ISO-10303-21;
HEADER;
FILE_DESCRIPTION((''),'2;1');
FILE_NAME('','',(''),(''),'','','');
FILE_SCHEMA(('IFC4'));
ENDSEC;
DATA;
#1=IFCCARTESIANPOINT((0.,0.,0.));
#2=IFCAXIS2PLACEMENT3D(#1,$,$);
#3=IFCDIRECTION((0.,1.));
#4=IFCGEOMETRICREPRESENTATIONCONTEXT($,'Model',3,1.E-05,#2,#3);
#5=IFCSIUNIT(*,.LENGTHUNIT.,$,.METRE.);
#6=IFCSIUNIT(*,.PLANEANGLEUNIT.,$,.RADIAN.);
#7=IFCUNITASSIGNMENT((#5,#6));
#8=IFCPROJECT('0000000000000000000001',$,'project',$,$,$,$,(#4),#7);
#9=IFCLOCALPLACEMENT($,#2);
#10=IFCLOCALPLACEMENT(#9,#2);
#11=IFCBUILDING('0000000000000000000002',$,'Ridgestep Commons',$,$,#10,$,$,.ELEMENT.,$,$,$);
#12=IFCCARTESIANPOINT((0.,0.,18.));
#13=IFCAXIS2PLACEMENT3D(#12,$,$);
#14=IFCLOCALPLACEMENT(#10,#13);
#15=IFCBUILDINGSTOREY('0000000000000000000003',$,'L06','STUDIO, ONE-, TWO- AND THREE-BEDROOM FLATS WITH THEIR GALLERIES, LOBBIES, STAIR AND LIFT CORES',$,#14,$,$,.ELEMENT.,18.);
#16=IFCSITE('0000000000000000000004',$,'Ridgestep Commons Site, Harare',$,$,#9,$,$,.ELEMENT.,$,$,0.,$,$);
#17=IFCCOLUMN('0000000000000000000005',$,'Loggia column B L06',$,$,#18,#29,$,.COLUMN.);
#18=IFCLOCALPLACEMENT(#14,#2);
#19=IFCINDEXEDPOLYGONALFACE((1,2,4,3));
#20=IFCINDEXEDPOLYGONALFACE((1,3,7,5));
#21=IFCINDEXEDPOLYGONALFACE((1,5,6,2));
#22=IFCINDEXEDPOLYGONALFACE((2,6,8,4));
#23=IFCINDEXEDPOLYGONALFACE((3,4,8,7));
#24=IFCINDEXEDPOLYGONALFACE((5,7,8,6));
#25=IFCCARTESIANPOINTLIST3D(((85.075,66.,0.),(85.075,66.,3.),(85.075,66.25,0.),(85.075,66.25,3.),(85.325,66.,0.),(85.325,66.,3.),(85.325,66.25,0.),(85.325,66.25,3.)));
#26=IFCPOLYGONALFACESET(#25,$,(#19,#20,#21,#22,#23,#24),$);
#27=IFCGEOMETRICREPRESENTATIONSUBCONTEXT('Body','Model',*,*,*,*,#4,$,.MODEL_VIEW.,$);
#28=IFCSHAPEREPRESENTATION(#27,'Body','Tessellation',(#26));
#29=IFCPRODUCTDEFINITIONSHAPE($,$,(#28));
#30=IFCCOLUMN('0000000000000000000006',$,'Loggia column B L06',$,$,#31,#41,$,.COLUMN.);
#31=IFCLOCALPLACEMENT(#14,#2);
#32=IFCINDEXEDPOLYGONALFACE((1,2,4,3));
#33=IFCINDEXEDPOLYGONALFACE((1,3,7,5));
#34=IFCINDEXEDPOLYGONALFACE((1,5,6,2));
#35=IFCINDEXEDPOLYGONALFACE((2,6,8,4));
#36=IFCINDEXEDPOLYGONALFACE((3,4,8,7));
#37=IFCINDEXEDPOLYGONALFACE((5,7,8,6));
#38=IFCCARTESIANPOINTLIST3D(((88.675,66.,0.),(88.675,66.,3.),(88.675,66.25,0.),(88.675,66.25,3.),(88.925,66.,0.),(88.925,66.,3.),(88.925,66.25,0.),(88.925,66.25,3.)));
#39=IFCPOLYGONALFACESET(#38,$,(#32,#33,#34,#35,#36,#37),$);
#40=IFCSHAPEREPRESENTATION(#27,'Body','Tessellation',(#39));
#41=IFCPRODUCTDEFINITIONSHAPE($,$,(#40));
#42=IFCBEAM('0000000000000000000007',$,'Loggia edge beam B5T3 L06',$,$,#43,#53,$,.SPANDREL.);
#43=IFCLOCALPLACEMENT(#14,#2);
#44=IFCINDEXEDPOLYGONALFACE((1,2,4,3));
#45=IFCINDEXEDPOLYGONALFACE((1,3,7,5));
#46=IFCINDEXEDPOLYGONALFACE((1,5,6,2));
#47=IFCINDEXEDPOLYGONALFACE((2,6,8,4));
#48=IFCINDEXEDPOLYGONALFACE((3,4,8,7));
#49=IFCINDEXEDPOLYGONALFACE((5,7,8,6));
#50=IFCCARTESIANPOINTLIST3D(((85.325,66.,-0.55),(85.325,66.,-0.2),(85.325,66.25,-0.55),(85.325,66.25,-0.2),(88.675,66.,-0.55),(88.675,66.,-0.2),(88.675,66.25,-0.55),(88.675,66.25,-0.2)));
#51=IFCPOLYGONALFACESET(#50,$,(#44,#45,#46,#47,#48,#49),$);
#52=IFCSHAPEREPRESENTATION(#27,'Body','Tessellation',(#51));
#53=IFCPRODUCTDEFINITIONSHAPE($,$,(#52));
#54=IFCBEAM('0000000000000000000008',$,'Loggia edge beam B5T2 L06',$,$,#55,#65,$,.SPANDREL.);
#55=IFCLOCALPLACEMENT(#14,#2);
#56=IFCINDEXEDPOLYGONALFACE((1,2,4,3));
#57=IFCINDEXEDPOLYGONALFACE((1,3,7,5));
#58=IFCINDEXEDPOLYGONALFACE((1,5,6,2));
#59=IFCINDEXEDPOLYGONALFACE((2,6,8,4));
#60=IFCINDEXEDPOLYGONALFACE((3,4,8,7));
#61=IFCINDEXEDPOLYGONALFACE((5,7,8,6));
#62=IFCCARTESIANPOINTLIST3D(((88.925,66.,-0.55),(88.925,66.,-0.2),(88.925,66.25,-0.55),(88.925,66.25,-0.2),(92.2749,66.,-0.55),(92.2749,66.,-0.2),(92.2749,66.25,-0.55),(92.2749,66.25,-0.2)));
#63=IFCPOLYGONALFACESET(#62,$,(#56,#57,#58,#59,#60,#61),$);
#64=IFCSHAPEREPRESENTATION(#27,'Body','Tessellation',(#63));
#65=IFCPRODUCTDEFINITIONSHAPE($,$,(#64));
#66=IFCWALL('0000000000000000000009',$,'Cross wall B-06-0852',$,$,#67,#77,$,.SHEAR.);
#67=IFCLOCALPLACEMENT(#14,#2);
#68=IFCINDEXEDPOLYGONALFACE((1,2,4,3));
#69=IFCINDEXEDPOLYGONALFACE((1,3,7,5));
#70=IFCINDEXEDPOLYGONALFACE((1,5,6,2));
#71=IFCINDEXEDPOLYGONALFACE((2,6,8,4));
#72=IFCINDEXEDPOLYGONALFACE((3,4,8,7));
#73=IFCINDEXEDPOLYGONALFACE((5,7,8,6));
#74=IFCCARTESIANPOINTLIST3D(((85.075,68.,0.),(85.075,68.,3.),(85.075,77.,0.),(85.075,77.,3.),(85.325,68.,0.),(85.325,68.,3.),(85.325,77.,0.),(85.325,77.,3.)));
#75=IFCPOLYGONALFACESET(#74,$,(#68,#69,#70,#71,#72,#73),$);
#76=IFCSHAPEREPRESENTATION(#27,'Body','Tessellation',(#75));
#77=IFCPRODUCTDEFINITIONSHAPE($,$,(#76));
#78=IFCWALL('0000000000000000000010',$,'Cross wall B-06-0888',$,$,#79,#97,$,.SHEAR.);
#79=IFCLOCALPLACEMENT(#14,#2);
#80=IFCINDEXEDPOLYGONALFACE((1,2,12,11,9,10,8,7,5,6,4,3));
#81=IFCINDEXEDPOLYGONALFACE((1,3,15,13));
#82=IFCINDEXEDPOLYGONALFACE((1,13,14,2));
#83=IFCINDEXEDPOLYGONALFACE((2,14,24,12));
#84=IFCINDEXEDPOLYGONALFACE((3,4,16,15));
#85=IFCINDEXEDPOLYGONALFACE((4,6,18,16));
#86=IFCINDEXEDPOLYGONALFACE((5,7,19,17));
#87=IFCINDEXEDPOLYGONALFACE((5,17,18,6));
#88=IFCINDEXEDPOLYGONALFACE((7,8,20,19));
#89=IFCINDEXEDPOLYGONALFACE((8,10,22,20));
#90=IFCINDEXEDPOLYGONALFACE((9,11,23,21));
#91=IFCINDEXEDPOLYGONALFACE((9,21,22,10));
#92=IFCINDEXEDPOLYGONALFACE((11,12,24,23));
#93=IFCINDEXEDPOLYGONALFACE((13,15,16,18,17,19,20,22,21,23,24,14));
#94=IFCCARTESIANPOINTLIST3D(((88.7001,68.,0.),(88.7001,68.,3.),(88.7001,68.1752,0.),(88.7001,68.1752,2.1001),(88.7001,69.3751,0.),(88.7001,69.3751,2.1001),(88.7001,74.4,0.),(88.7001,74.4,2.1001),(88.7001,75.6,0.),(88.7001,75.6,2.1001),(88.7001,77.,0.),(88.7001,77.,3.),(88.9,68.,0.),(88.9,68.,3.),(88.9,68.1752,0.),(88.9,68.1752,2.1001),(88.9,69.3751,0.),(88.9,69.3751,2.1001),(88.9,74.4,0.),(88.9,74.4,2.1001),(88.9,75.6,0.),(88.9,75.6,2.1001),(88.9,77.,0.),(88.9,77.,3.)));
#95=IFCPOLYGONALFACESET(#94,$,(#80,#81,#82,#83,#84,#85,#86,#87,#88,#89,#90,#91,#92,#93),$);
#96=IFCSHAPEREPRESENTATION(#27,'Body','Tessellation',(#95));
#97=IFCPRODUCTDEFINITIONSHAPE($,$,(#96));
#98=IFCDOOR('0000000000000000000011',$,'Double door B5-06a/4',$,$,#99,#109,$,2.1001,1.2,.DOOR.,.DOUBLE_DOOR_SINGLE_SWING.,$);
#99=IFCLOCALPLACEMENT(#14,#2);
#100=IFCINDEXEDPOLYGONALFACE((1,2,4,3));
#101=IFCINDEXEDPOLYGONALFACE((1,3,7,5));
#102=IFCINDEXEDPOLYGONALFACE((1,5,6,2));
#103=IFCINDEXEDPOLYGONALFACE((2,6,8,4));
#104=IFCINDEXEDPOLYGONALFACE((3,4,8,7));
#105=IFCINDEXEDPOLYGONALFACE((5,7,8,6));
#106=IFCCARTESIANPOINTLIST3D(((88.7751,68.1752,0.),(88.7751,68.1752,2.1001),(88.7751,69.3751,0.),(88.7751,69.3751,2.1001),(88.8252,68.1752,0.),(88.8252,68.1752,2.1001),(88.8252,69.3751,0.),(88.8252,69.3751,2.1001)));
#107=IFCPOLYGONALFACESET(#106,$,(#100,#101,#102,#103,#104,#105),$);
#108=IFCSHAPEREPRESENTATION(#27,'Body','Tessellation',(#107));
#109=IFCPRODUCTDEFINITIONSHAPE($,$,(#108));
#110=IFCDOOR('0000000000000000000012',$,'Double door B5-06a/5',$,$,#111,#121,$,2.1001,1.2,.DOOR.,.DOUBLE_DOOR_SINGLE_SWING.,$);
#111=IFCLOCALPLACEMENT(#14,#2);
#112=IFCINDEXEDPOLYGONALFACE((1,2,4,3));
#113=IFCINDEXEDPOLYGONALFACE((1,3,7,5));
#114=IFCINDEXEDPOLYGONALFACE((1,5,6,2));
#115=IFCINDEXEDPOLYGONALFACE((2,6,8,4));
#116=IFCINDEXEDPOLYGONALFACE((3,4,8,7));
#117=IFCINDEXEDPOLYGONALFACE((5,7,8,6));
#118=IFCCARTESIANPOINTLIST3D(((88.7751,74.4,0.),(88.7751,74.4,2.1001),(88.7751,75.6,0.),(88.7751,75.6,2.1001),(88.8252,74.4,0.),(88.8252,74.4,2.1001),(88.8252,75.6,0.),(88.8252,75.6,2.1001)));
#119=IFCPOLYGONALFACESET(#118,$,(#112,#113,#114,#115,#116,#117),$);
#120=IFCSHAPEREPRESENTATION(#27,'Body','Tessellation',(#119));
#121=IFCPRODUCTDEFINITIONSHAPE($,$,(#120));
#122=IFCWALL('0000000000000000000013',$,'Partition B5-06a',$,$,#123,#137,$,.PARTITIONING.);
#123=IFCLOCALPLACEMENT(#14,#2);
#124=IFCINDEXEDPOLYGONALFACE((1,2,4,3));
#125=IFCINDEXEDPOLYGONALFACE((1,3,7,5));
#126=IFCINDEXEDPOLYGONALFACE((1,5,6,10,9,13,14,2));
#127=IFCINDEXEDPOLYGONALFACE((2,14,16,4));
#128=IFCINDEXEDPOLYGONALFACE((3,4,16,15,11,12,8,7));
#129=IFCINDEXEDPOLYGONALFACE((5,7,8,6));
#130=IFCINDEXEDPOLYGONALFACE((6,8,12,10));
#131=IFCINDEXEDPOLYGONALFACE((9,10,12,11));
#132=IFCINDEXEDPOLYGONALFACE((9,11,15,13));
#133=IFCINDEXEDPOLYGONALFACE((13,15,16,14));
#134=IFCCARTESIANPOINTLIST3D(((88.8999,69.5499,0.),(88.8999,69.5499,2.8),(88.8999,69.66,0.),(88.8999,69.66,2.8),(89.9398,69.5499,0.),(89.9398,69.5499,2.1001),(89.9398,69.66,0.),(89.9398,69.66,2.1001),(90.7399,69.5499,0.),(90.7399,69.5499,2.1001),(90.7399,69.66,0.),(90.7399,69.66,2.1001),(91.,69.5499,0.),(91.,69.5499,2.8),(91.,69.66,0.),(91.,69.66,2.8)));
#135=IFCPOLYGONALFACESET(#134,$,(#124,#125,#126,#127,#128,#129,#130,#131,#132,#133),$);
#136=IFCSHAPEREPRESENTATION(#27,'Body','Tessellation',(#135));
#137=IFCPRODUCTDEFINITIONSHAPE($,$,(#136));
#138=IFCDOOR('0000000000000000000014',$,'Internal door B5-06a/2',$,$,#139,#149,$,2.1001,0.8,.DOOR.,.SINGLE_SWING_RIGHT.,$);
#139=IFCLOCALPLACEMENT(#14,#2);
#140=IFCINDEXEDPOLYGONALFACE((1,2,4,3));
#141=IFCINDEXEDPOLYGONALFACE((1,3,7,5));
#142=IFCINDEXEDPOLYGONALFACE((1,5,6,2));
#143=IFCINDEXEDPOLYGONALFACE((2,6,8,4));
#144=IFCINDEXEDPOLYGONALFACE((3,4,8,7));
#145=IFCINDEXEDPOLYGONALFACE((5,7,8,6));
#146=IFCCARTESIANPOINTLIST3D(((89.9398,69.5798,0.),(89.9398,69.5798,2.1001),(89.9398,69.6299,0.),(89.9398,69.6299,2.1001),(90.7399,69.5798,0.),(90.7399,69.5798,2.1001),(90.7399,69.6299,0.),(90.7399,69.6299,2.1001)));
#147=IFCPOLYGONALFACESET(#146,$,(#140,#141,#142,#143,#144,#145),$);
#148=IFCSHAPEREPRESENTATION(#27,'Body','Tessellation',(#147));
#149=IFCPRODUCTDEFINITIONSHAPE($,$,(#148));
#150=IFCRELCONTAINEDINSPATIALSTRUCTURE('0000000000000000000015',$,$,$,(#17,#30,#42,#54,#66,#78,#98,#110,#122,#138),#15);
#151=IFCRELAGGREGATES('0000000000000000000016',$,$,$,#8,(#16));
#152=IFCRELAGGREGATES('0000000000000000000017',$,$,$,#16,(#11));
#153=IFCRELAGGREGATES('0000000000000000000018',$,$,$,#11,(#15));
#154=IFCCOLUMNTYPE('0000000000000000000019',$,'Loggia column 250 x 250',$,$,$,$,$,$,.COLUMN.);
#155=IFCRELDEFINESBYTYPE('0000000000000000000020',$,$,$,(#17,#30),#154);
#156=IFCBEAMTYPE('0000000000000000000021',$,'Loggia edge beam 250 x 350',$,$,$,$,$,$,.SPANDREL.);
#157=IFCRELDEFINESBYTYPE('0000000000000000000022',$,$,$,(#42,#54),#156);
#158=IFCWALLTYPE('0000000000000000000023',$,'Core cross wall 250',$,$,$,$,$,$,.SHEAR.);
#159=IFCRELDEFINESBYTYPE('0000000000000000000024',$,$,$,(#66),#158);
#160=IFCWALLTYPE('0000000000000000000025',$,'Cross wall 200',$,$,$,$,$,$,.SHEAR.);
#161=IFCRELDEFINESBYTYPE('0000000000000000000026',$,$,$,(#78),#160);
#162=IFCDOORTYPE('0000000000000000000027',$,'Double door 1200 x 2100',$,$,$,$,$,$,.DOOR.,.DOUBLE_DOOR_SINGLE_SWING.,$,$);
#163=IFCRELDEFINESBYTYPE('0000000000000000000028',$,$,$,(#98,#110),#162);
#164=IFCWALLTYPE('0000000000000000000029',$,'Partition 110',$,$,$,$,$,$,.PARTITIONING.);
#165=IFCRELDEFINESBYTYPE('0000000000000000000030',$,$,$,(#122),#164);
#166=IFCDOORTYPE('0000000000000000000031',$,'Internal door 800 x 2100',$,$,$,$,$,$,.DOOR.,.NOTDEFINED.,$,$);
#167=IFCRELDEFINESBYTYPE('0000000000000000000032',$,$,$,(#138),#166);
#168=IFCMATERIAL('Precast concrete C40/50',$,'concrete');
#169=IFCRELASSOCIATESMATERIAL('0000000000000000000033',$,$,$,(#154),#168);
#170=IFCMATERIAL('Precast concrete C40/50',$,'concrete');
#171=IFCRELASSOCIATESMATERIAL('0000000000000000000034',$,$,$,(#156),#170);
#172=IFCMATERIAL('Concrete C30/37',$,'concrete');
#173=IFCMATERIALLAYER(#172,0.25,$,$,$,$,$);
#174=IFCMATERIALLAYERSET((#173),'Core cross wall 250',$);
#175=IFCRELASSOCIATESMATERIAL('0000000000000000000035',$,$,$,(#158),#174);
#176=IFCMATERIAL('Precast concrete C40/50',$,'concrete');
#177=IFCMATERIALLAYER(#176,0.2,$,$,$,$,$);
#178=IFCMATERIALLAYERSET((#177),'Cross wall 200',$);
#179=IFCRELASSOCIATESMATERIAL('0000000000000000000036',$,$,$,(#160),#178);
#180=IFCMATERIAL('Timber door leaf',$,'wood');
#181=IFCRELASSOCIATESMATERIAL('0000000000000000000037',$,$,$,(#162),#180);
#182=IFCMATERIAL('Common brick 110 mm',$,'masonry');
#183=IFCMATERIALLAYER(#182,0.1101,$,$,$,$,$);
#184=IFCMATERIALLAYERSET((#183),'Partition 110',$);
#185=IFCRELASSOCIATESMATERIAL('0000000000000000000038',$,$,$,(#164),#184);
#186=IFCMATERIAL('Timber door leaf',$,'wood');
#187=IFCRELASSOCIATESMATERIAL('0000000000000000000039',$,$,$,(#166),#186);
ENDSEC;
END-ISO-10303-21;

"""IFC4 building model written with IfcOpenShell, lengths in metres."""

from ifc_helpers import new_model, si_unit, direction, frame, frame_2d, origin, origin_2d, place, context, subcontext, project, spatial, rectangle, extrude, material, layer, layer_set, material_profile, profile_set, type_object, element, fill, save


model = new_model("IFC4")

# Units and contexts
model_context = context("Model", 3, precision=1e-05, world=origin(), true_north=direction((0.0, 1.0)))
body_context = subcontext(model_context, "Body", "Model", "MODEL_VIEW")
ifc_project = project(units=[si_unit("LENGTHUNIT", "METRE"), si_unit("PLANEANGLEUNIT", "RADIAN")], contexts=[model_context])

# Site, building, storey
site_placement = place(None, origin())
site = spatial("IfcSite", under=ifc_project, at=site_placement, Name="Ridgestep Commons Site, Harare", CompositionType="ELEMENT", RefElevation=0.0)
building_placement = place(site_placement, origin())
building = spatial("IfcBuilding", under=site, at=building_placement, Name="Ridgestep Commons", CompositionType="ELEMENT")
storey_placement = place(building_placement, frame((0.0, 0.0, 18.0)))
storey = spatial("IfcBuildingStorey", under=building, at=storey_placement, Name="L06", Description="STUDIO, ONE-, TWO- AND THREE-BEDROOM FLATS WITH THEIR GALLERIES, LOBBIES, STAIR AND LIFT CORES", CompositionType="ELEMENT", Elevation=18.0)

# Columns
ifc_material_1 = material(Name="Precast concrete C40/50", Category="concrete")
ifc_material_profile_1 = material_profile(ifc_material_1, rectangle(XDim=0.25, YDim=0.25, at=origin_2d()), Name="PC 250x250")
ifc_profile_set_1 = profile_set([ifc_material_profile_1], Name="Precast concrete C40/50")
column_type = type_object("IfcColumnType", Name="Loggia column 250 x 250", PredefinedType="COLUMN", material=ifc_profile_set_1)
for number, where, z_axis, x_axis, name in (
    (1, (85.2, 66.125, 0.0), (0.0, 0.0, 1.0), (1.0, 0.0, 0.0), "Loggia column B L06"),
    (2, (88.8, 66.125, 0.0), (0.0, 0.0, 1.0), (1.0, 0.0, 0.0), "Loggia column B L06"),
):
    element("IfcColumn", number, at=place(storey_placement, frame(where, z_axis=z_axis, x_axis=x_axis)), inside=storey, type_object=column_type, Name=name, PredefinedType="COLUMN", context=body_context, shape_type="SweptSolid", body=[
        extrude(rectangle(XDim=0.25, YDim=0.25, at=origin_2d()), origin(), (0.0, 0.0, 1.0), 3.0),
    ])

# Beams
ifc_material_2 = material(Name="Precast concrete C40/50", Category="concrete")
ifc_material_profile_2 = material_profile(ifc_material_2, rectangle(XDim=0.25, YDim=0.3501, at=origin_2d()), Name="PC 250x350")
ifc_profile_set_2 = profile_set([ifc_material_profile_2], Name="Precast concrete C40/50")
beam_type = type_object("IfcBeamType", Name="Loggia edge beam 250 x 350", PredefinedType="SPANDREL", material=ifc_profile_set_2)
beam_1_placement = place(storey_placement, frame((85.325, 66.125, -0.375), z_axis=(1.0, 0.0, 0.0), x_axis=(0.0, 1.0, 0.0)))
element("IfcBeam", 3, at=beam_1_placement, inside=storey, type_object=beam_type, Name="Loggia edge beam B5T3 L06", PredefinedType="SPANDREL", context=body_context, shape_type="SweptSolid", body=[
    extrude(rectangle(XDim=0.25, YDim=0.3501, at=origin_2d()), origin(), (0.0, 0.0, 1.0), 3.3501),
])
beam_2_placement = place(storey_placement, frame((88.925, 66.125, -0.375), z_axis=(1.0, 0.0, 0.0), x_axis=(0.0, 1.0, 0.0)))
element("IfcBeam", 4, at=beam_2_placement, inside=storey, type_object=beam_type, Name="Loggia edge beam B5T2 L06", PredefinedType="SPANDREL", context=body_context, shape_type="SweptSolid", body=[
    extrude(rectangle(XDim=0.25, YDim=0.3501, at=origin_2d()), origin(), (0.0, 0.0, 1.0), 3.3499),
])

# Wall
ifc_material_3 = material(Name="Concrete C30/37", Category="concrete")
ifc_layer_1 = layer(ifc_material_3, 0.25)
ifc_layer_set_1 = layer_set([ifc_layer_1], Name="Core cross wall 250")
wall_type_1 = type_object("IfcWallType", Name="Core cross wall 250", PredefinedType="SHEAR", material=ifc_layer_set_1)
wall_1_placement = place(storey_placement, frame((85.2, 68.0, 0.0), z_axis=(0.0, 0.0, 1.0), x_axis=(0.0, 1.0, 0.0)))
element("IfcWall", 5, at=wall_1_placement, inside=storey, type_object=wall_type_1, Name="Cross wall B-06-0852", PredefinedType="SHEAR", context=body_context, shape_type="SweptSolid", body=[
    extrude(rectangle(XDim=9.0, YDim=0.25, at=frame_2d((4.5, 0.0))), origin(), (0.0, 0.0, 1.0), 3.0),
])

# Wall, openings, doors
ifc_material_4 = material(Name="Precast concrete C40/50", Category="concrete")
ifc_layer_2 = layer(ifc_material_4, 0.2)
ifc_layer_set_2 = layer_set([ifc_layer_2], Name="Cross wall 200")
wall_type_2 = type_object("IfcWallType", Name="Cross wall 200", PredefinedType="SHEAR", material=ifc_layer_set_2)
wall_2_placement = place(storey_placement, frame((88.8, 68.0, 0.0), z_axis=(0.0, 0.0, 1.0), x_axis=(0.0, 1.0, 0.0)))
wall_2 = element("IfcWall", 6, at=wall_2_placement, inside=storey, type_object=wall_type_2, Name="Cross wall B-06-0888", PredefinedType="SHEAR", context=body_context, shape_type="SweptSolid", body=[
    extrude(rectangle(XDim=9.0, YDim=0.2, at=frame_2d((4.5, 0.0))), origin(), (0.0, 0.0, 1.0), 3.0),
])
opening_1_placement = place(wall_2_placement, frame((0.175, 0.0, 0.0)))
opening_1 = element("IfcOpeningElement", 7, at=opening_1_placement, cuts=wall_2, PredefinedType="OPENING", context=body_context, shape_type="SweptSolid", body=[
    extrude(rectangle(XDim=1.2, YDim=2.1001, at=frame_2d((0.6001, 1.05))), frame((0.0, 0.1099, 0.0), z_axis=(0.0, -1.0, 0.0), x_axis=(1.0, 0.0, 0.0)), (0.0, 0.0, 1.0), 0.22),
])
opening_2_placement = place(wall_2_placement, frame((6.3999, 0.0, 0.0)))
opening_2 = element("IfcOpeningElement", 8, at=opening_2_placement, cuts=wall_2, PredefinedType="OPENING", context=body_context, shape_type="SweptSolid", body=[
    extrude(rectangle(XDim=1.2, YDim=2.1001, at=frame_2d((0.6001, 1.05))), frame((0.0, 0.1099, 0.0), z_axis=(0.0, -1.0, 0.0), x_axis=(1.0, 0.0, 0.0)), (0.0, 0.0, 1.0), 0.22),
])
ifc_material_5 = material(Name="Timber door leaf", Category="wood")
door_type_1 = type_object("IfcDoorType", Name="Double door 1200 x 2100", OperationType="DOUBLE_DOOR_SINGLE_SWING", PredefinedType="DOOR", material=ifc_material_5)
door_1_placement = place(opening_1_placement, origin())
door_1 = element("IfcDoor", 9, at=door_1_placement, inside=storey, type_object=door_type_1, Name="Double door B5-06a/4", OperationType="DOUBLE_DOOR_SINGLE_SWING", OverallHeight=2.1001, OverallWidth=1.2, PredefinedType="DOOR", context=body_context, shape_type="SweptSolid", body=[
    extrude(rectangle(XDim=1.2, YDim=2.1001, at=frame_2d((0.6001, 1.05))), frame((0.0, 0.0249, 0.0), z_axis=(0.0, -1.0, 0.0), x_axis=(1.0, 0.0, 0.0)), (0.0, 0.0, 1.0), 0.05),
])
fill(opening_1, door_1)
door_2_placement = place(opening_2_placement, origin())
door_2 = element("IfcDoor", 10, at=door_2_placement, inside=storey, type_object=door_type_1, Name="Double door B5-06a/5", OperationType="DOUBLE_DOOR_SINGLE_SWING", OverallHeight=2.1001, OverallWidth=1.2, PredefinedType="DOOR", context=body_context, shape_type="SweptSolid", body=[
    extrude(rectangle(XDim=1.2, YDim=2.1001, at=frame_2d((0.6001, 1.05))), frame((0.0, 0.0249, 0.0), z_axis=(0.0, -1.0, 0.0), x_axis=(1.0, 0.0, 0.0)), (0.0, 0.0, 1.0), 0.05),
])
fill(opening_2, door_2)

# Wall, opening, door
ifc_material_6 = material(Name="Common brick 110 mm", Category="masonry")
ifc_layer_3 = layer(ifc_material_6, 0.1101)
ifc_layer_set_3 = layer_set([ifc_layer_3], Name="Partition 110")
wall_type_3 = type_object("IfcWallType", Name="Partition 110", PredefinedType="PARTITIONING", material=ifc_layer_set_3)
wall_3_placement = place(storey_placement, frame((88.8999, 69.605, 0.0), z_axis=(0.0, 0.0, 1.0), x_axis=(1.0, 0.0, 0.0)))
wall_3 = element("IfcWall", 11, at=wall_3_placement, inside=storey, type_object=wall_type_3, Name="Partition B5-06a", PredefinedType="PARTITIONING", context=body_context, shape_type="SweptSolid", body=[
    extrude(rectangle(XDim=2.1001, YDim=0.1101, at=frame_2d((1.05, 0.0))), origin(), (0.0, 0.0, 1.0), 2.8),
])
opening_3_placement = place(wall_3_placement, frame((1.04, 0.0, 0.0)))
opening_3 = element("IfcOpeningElement", 12, at=opening_3_placement, cuts=wall_3, PredefinedType="OPENING", context=body_context, shape_type="SweptSolid", body=[
    extrude(rectangle(XDim=0.8, YDim=2.1001, at=frame_2d((0.3999, 1.05))), frame((0.0, 0.0649, 0.0), z_axis=(0.0, -1.0, 0.0), x_axis=(1.0, 0.0, 0.0)), (0.0, 0.0, 1.0), 0.1301),
])
ifc_material_7 = material(Name="Timber door leaf", Category="wood")
door_type_2 = type_object("IfcDoorType", Name="Internal door 800 x 2100", OperationType="NOTDEFINED", PredefinedType="DOOR", material=ifc_material_7)
door_3_placement = place(opening_3_placement, origin())
door_3 = element("IfcDoor", 13, at=door_3_placement, inside=storey, type_object=door_type_2, Name="Internal door B5-06a/2", OperationType="SINGLE_SWING_RIGHT", OverallHeight=2.1001, OverallWidth=0.8, PredefinedType="DOOR", context=body_context, shape_type="SweptSolid", body=[
    extrude(rectangle(XDim=0.8, YDim=2.1001, at=frame_2d((0.3999, 1.05))), frame((0.0, 0.0249, 0.0), z_axis=(0.0, -1.0, 0.0), x_axis=(1.0, 0.0, 0.0)), (0.0, 0.0, 1.0), 0.05),
])
fill(opening_3, door_3)

save(model, "model.ifc")
